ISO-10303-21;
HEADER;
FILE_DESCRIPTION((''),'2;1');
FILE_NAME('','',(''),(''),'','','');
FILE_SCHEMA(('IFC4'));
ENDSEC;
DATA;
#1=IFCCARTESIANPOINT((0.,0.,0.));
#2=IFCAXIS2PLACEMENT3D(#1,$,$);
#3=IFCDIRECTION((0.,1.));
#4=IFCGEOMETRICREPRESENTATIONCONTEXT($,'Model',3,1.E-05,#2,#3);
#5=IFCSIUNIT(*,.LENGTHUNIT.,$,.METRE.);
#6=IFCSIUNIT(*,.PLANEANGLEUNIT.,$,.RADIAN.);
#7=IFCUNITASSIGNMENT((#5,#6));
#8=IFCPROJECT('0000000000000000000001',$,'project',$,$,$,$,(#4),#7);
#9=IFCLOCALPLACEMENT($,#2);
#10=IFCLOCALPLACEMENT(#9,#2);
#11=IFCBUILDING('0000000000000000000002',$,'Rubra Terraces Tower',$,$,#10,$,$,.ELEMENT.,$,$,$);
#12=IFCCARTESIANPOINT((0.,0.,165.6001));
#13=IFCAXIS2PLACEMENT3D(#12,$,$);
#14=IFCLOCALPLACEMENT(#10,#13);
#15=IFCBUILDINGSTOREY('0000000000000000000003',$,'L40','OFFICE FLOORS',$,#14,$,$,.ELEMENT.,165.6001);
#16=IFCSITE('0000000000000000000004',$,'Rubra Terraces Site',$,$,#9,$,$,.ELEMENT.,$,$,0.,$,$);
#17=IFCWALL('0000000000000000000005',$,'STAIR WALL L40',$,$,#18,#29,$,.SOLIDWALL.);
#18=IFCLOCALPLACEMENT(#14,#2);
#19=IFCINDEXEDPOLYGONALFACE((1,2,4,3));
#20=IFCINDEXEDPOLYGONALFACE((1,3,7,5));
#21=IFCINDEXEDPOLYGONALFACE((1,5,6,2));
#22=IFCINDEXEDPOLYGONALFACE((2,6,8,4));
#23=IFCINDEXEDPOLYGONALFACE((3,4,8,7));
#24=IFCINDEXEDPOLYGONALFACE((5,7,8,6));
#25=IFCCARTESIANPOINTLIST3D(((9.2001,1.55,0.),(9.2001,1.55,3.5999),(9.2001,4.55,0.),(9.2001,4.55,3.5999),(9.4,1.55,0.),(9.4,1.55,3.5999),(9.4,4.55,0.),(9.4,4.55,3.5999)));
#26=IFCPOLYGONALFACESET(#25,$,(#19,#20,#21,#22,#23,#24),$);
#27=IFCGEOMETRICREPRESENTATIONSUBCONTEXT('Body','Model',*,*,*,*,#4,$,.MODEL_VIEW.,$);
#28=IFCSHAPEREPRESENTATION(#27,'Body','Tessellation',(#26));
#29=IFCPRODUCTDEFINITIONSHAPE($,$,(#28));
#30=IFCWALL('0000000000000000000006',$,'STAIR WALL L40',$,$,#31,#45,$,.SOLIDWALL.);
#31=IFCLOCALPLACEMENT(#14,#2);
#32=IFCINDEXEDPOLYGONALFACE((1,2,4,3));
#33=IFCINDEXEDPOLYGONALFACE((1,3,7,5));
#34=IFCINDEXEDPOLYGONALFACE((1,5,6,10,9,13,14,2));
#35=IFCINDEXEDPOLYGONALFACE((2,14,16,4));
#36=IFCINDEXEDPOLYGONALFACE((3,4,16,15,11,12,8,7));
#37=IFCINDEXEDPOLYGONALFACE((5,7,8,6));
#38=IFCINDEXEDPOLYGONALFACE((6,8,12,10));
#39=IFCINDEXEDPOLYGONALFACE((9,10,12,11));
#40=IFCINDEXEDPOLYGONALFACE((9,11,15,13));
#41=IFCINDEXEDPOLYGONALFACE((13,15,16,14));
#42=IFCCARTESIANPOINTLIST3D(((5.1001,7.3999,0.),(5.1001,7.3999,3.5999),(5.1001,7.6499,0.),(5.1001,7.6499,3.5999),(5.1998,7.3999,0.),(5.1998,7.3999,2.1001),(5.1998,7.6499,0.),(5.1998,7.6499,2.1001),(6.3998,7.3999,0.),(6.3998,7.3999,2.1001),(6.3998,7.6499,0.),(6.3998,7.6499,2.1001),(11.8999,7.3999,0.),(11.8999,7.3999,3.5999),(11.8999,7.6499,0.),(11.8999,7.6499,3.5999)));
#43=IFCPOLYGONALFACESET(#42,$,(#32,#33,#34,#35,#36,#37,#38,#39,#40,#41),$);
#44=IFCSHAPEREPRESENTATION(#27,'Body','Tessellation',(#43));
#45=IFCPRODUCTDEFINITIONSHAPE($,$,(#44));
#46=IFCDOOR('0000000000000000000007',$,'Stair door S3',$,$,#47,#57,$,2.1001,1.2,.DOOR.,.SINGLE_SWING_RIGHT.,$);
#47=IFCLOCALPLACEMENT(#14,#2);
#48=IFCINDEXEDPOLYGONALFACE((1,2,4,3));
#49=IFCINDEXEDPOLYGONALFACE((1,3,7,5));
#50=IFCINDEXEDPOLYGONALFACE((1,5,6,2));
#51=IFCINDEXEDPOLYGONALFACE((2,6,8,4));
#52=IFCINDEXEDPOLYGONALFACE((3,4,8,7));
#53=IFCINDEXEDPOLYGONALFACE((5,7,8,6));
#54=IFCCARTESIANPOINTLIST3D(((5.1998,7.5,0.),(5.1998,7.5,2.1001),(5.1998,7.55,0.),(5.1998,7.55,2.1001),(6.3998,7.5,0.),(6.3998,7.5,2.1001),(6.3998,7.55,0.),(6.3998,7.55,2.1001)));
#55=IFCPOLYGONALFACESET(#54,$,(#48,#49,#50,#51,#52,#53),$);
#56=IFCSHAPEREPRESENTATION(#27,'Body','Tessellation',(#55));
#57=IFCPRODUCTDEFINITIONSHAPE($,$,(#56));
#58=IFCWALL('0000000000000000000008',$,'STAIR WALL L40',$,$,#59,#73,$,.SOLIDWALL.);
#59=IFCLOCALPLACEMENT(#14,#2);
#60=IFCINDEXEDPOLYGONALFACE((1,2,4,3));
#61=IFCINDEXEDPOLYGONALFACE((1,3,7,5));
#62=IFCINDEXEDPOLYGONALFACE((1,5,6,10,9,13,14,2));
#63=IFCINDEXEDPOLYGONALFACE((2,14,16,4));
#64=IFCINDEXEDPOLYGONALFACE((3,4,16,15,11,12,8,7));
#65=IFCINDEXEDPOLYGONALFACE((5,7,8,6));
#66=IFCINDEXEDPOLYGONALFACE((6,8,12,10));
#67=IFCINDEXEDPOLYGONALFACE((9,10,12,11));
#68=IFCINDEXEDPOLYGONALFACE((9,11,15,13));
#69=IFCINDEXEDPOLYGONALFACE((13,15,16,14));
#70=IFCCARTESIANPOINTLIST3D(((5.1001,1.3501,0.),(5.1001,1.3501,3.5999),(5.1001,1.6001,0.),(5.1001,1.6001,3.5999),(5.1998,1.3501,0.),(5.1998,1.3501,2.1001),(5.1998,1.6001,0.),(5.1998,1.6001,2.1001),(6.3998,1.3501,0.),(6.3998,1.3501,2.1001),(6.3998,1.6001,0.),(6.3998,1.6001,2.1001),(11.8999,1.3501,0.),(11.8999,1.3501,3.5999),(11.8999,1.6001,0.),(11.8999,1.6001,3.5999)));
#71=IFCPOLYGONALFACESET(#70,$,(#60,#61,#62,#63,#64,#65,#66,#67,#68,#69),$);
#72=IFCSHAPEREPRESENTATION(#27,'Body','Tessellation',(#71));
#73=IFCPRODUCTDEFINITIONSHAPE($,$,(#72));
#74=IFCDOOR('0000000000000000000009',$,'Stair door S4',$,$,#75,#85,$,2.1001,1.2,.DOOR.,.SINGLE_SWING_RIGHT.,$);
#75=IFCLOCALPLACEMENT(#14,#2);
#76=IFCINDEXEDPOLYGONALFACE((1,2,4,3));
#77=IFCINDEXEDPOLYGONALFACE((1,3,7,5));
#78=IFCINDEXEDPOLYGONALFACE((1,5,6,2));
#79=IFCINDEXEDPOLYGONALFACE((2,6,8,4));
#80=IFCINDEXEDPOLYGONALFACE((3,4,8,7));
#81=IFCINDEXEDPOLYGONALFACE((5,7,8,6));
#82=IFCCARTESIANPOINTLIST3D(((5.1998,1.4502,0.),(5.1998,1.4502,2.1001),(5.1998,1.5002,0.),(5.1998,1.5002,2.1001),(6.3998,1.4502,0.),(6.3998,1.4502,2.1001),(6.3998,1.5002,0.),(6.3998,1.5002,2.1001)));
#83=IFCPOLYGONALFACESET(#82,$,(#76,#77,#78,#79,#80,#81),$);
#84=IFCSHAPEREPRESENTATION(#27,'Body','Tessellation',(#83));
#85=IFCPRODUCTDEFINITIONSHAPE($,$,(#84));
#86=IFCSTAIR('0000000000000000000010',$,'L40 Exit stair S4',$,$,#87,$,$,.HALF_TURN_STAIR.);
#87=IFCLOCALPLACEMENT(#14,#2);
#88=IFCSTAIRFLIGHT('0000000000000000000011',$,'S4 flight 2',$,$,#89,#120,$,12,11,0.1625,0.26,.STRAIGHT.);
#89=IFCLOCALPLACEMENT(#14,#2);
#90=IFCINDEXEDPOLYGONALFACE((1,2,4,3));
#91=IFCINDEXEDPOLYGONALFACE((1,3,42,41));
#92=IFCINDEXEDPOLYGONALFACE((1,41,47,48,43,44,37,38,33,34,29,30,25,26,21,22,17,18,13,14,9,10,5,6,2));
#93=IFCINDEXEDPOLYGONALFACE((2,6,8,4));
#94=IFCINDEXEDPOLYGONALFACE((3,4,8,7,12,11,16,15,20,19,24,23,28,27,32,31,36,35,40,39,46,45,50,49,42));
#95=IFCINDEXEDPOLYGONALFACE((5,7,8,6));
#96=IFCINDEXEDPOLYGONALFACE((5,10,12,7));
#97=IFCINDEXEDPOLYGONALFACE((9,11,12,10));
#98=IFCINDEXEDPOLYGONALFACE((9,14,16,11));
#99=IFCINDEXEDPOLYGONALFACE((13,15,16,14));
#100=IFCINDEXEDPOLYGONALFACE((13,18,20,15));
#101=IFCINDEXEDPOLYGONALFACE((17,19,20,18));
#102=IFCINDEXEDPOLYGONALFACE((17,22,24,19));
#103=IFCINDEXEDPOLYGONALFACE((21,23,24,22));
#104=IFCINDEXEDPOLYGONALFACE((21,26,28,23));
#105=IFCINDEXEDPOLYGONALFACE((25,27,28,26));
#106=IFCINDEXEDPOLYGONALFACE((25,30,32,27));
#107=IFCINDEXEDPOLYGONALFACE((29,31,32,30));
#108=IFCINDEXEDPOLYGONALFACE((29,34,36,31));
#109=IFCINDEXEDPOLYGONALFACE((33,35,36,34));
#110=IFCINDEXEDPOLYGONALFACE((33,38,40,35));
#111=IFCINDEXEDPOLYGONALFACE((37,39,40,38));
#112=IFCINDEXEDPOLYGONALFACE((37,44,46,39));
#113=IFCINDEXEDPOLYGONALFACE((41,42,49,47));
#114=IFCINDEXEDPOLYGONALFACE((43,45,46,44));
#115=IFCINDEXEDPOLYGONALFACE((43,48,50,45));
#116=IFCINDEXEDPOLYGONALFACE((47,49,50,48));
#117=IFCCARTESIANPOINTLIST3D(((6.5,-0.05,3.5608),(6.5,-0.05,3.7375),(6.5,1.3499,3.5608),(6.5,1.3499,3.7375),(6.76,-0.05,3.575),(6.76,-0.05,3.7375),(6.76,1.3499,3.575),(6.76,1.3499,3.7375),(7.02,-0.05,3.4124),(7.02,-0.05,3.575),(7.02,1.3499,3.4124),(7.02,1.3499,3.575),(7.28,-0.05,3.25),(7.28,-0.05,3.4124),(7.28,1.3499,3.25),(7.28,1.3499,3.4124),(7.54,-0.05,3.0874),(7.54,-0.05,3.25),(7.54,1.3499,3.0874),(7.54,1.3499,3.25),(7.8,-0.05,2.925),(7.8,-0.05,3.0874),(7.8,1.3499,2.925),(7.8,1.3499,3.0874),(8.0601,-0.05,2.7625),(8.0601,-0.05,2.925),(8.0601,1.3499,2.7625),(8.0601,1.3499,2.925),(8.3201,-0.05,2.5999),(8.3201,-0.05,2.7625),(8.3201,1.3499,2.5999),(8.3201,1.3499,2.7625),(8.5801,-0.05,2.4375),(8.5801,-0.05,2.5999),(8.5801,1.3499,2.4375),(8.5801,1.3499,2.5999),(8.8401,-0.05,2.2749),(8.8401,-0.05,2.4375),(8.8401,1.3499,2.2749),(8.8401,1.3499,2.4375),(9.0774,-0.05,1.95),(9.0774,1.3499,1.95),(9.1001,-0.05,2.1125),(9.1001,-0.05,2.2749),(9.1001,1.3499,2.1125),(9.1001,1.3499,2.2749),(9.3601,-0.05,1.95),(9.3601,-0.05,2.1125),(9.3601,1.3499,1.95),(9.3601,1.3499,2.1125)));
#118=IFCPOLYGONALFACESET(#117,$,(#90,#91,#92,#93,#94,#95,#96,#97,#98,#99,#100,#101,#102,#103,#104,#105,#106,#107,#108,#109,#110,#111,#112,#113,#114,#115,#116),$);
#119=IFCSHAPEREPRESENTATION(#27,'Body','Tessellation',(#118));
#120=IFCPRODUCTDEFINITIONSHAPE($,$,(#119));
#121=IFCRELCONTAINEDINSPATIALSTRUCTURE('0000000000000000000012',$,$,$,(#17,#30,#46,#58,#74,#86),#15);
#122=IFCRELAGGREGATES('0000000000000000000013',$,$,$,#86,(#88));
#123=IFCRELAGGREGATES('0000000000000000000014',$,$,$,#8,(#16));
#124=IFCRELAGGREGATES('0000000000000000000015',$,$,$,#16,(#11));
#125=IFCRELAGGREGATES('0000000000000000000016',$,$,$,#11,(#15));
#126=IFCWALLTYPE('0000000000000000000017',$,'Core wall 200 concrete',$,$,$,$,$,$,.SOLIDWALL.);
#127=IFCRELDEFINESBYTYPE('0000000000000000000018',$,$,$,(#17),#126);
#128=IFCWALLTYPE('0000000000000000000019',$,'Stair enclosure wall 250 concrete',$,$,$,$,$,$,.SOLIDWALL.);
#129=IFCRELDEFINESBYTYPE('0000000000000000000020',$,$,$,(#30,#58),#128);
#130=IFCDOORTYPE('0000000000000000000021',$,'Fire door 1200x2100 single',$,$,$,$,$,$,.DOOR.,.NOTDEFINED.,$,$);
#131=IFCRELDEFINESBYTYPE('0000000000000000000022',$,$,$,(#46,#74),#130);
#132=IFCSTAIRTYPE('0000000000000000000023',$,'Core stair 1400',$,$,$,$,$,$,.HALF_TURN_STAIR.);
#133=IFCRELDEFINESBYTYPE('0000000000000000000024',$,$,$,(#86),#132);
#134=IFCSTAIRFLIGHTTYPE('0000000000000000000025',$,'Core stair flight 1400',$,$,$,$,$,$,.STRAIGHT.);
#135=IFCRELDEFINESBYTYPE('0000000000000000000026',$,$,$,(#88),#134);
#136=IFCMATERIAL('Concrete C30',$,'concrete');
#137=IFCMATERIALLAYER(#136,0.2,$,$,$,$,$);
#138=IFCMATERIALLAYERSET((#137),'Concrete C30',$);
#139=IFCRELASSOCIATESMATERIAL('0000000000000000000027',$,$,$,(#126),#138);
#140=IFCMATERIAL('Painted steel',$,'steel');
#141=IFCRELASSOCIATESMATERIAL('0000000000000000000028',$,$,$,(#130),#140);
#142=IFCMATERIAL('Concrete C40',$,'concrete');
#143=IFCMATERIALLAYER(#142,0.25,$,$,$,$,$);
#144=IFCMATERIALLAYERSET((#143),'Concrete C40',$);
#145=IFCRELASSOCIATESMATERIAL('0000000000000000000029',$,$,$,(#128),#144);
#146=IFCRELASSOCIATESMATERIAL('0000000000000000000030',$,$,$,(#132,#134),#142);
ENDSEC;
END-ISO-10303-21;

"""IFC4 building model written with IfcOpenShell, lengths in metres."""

from ifc_helpers import new_model, si_unit, direction, frame, frame_2d, origin, place, context, subcontext, project, spatial, polyline, rectangle, outline, extrude, material, layer, layer_set, type_object, element, fill, aggregate, save


model = new_model("IFC4")

# Units and contexts
model_context = context("Model", 3, precision=1e-05, world=origin(), true_north=direction((0.0, 1.0)))
body_context = subcontext(model_context, "Body", "Model", "MODEL_VIEW")
ifc_project = project(units=[si_unit("LENGTHUNIT", "METRE"), si_unit("PLANEANGLEUNIT", "RADIAN")], contexts=[model_context])

# Site, building, storey
site_placement = place(None, origin())
site = spatial("IfcSite", under=ifc_project, at=site_placement, Name="Rubra Terraces Site", CompositionType="ELEMENT", RefElevation=0.0)
building_placement = place(site_placement, origin())
building = spatial("IfcBuilding", under=site, at=building_placement, Name="Rubra Terraces Tower", CompositionType="ELEMENT")
storey_placement = place(building_placement, frame((0.0, 0.0, 165.6001)))
storey = spatial("IfcBuildingStorey", under=building, at=storey_placement, Name="L40", Description="OFFICE FLOORS", CompositionType="ELEMENT", Elevation=165.6001)

# Shared definitions
ifc_material_1 = material(Name="Concrete C40", Category="concrete")

# Shared definitions
ifc_material_2 = material(Name="Concrete C30", Category="concrete")
ifc_layer_1 = layer(ifc_material_2, 0.2)
ifc_layer_set_1 = layer_set([ifc_layer_1], Name="Concrete C30")
wall_type_1 = type_object("IfcWallType", Name="Core wall 200 concrete", PredefinedType="SOLIDWALL", material=ifc_layer_set_1)
ifc_material_3 = material(Name="Painted steel", Category="steel")
door_type_1 = type_object("IfcDoorType", Name="Fire door 1200x2100 single", OperationType="NOTDEFINED", PredefinedType="DOOR", material=ifc_material_3)

# Wall
wall_1_placement = place(storey_placement, frame((9.3, 4.55, 0.0), z_axis=(0.0, 0.0, 1.0), x_axis=(0.0, -1.0, 0.0)))
element("IfcWall", 1, at=wall_1_placement, inside=storey, type_object=wall_type_1, Name="STAIR WALL L40", PredefinedType="SOLIDWALL", context=body_context, shape_type="SweptSolid", body=[
    extrude(rectangle(XDim=3.0, YDim=0.2, at=frame_2d((1.5, 0.0))), origin(), (0.0, 0.0, 1.0), 3.5999),
])

# Walls, openings, doors
ifc_layer_2 = layer(ifc_material_1, 0.25)
ifc_layer_set_2 = layer_set([ifc_layer_2], Name="Concrete C40")
wall_type_2 = type_object("IfcWallType", Name="Stair enclosure wall 250 concrete", PredefinedType="SOLIDWALL", material=ifc_layer_set_2)
wall_2_placement = place(storey_placement, frame((11.8999, 7.5249, 0.0), z_axis=(0.0, 0.0, 1.0), x_axis=(-1.0, 0.0, 0.0)))
wall_2 = element("IfcWall", 2, at=wall_2_placement, inside=storey, type_object=wall_type_2, Name="STAIR WALL L40", PredefinedType="SOLIDWALL", context=body_context, shape_type="SweptSolid", body=[
    extrude(rectangle(XDim=6.7998, YDim=0.25, at=frame_2d((3.3999, 0.0))), origin(), (0.0, 0.0, 1.0), 3.5999),
])
opening_1_placement = place(wall_2_placement, frame((5.5, 0.0, 0.0)))
opening_1 = element("IfcOpeningElement", 3, at=opening_1_placement, cuts=wall_2, PredefinedType="OPENING", context=body_context, shape_type="SweptSolid", body=[
    extrude(rectangle(XDim=1.2, YDim=2.1001, at=frame_2d((0.6001, 1.05))), frame((0.0, 0.135, 0.0), z_axis=(0.0, -1.0, 0.0), x_axis=(1.0, 0.0, 0.0)), (0.0, 0.0, 1.0), 0.27),
])
door_1_placement = place(opening_1_placement, origin())
door_1 = element("IfcDoor", 4, at=door_1_placement, inside=storey, type_object=door_type_1, Name="Stair door S3", OperationType="SINGLE_SWING_RIGHT", OverallHeight=2.1001, OverallWidth=1.2, PredefinedType="DOOR", context=body_context, shape_type="SweptSolid", body=[
    extrude(rectangle(XDim=1.2, YDim=2.1001, at=frame_2d((0.6001, 1.05))), frame((0.0, 0.0249, 0.0), z_axis=(0.0, -1.0, 0.0), x_axis=(1.0, 0.0, 0.0)), (0.0, 0.0, 1.0), 0.05),
])
fill(opening_1, door_1)
wall_3_placement = place(storey_placement, frame((11.8999, 1.4751, 0.0), z_axis=(0.0, 0.0, 1.0), x_axis=(-1.0, 0.0, 0.0)))
wall_3 = element("IfcWall", 5, at=wall_3_placement, inside=storey, type_object=wall_type_2, Name="STAIR WALL L40", PredefinedType="SOLIDWALL", context=body_context, shape_type="SweptSolid", body=[
    extrude(rectangle(XDim=6.7998, YDim=0.25, at=frame_2d((3.3999, 0.0))), origin(), (0.0, 0.0, 1.0), 3.5999),
])
opening_2_placement = place(wall_3_placement, frame((5.5, 0.0, 0.0)))
opening_2 = element("IfcOpeningElement", 6, at=opening_2_placement, cuts=wall_3, PredefinedType="OPENING", context=body_context, shape_type="SweptSolid", body=[
    extrude(rectangle(XDim=1.2, YDim=2.1001, at=frame_2d((0.6001, 1.05))), frame((0.0, 0.135, 0.0), z_axis=(0.0, -1.0, 0.0), x_axis=(1.0, 0.0, 0.0)), (0.0, 0.0, 1.0), 0.27),
])
door_2_placement = place(opening_2_placement, origin())
door_2 = element("IfcDoor", 7, at=door_2_placement, inside=storey, type_object=door_type_1, Name="Stair door S4", OperationType="SINGLE_SWING_RIGHT", OverallHeight=2.1001, OverallWidth=1.2, PredefinedType="DOOR", context=body_context, shape_type="SweptSolid", body=[
    extrude(rectangle(XDim=1.2, YDim=2.1001, at=frame_2d((0.6001, 1.05))), frame((0.0, 0.0249, 0.0), z_axis=(0.0, -1.0, 0.0), x_axis=(1.0, 0.0, 0.0)), (0.0, 0.0, 1.0), 0.05),
])
fill(opening_2, door_2)

# Stair, stair flight
stair_type = type_object("IfcStairType", Name="Core stair 1400", PredefinedType="HALF_TURN_STAIR", material=ifc_material_1)
stair_placement = place(storey_placement, origin())
stair = element("IfcStair", 8, at=stair_placement, inside=storey, type_object=stair_type, Name="L40 Exit stair S4", PredefinedType="HALF_TURN_STAIR")
stair_flight_type = type_object("IfcStairFlightType", Name="Core stair flight 1400", PredefinedType="STRAIGHT", material=ifc_material_1)
stair_flight_placement = place(storey_placement, frame((9.3601, 0.6499, 1.95), z_axis=(0.0, 0.0, 1.0), x_axis=(-1.0, 0.0, 0.0)))
stair_flight = element("IfcStairFlight", 9, at=stair_flight_placement, type_object=stair_flight_type, Name="S4 flight 2", NumberOfRisers=12, NumberOfTreads=11, PredefinedType="STRAIGHT", RiserHeight=0.1625, TreadLength=0.26, context=body_context, shape_type="SweptSolid", body=[
    extrude(outline(polyline([(0.0, 0.0), (0.0, 0.1626), (0.26, 0.1626), (0.26, 0.325), (0.52, 0.325), (0.52, 0.4875), (0.78, 0.4875), (0.78, 0.6499), (1.04, 0.6499), (1.04, 0.8125), (1.3, 0.8125), (1.3, 0.9751), (1.5601, 0.9751), (1.5601, 1.1375), (1.8201, 1.1375), (1.8201, 1.3), (2.0801, 1.3), (2.0801, 1.4624), (2.3401, 1.4624), (2.3401, 1.625), (2.6001, 1.625), (2.6001, 1.7876), (2.8601, 1.7876), (2.8601, 1.95), (2.8601, 1.6108), (0.2827, 0.0), (0.0, 0.0)])), frame((0.0, 0.7, 0.0), z_axis=(0.0, -1.0, 0.0), x_axis=(1.0, 0.0, 0.0)), (0.0, 0.0, 1.0), 1.3999),
])
aggregate(stair, [stair_flight])

save(model, "model.ifc")
